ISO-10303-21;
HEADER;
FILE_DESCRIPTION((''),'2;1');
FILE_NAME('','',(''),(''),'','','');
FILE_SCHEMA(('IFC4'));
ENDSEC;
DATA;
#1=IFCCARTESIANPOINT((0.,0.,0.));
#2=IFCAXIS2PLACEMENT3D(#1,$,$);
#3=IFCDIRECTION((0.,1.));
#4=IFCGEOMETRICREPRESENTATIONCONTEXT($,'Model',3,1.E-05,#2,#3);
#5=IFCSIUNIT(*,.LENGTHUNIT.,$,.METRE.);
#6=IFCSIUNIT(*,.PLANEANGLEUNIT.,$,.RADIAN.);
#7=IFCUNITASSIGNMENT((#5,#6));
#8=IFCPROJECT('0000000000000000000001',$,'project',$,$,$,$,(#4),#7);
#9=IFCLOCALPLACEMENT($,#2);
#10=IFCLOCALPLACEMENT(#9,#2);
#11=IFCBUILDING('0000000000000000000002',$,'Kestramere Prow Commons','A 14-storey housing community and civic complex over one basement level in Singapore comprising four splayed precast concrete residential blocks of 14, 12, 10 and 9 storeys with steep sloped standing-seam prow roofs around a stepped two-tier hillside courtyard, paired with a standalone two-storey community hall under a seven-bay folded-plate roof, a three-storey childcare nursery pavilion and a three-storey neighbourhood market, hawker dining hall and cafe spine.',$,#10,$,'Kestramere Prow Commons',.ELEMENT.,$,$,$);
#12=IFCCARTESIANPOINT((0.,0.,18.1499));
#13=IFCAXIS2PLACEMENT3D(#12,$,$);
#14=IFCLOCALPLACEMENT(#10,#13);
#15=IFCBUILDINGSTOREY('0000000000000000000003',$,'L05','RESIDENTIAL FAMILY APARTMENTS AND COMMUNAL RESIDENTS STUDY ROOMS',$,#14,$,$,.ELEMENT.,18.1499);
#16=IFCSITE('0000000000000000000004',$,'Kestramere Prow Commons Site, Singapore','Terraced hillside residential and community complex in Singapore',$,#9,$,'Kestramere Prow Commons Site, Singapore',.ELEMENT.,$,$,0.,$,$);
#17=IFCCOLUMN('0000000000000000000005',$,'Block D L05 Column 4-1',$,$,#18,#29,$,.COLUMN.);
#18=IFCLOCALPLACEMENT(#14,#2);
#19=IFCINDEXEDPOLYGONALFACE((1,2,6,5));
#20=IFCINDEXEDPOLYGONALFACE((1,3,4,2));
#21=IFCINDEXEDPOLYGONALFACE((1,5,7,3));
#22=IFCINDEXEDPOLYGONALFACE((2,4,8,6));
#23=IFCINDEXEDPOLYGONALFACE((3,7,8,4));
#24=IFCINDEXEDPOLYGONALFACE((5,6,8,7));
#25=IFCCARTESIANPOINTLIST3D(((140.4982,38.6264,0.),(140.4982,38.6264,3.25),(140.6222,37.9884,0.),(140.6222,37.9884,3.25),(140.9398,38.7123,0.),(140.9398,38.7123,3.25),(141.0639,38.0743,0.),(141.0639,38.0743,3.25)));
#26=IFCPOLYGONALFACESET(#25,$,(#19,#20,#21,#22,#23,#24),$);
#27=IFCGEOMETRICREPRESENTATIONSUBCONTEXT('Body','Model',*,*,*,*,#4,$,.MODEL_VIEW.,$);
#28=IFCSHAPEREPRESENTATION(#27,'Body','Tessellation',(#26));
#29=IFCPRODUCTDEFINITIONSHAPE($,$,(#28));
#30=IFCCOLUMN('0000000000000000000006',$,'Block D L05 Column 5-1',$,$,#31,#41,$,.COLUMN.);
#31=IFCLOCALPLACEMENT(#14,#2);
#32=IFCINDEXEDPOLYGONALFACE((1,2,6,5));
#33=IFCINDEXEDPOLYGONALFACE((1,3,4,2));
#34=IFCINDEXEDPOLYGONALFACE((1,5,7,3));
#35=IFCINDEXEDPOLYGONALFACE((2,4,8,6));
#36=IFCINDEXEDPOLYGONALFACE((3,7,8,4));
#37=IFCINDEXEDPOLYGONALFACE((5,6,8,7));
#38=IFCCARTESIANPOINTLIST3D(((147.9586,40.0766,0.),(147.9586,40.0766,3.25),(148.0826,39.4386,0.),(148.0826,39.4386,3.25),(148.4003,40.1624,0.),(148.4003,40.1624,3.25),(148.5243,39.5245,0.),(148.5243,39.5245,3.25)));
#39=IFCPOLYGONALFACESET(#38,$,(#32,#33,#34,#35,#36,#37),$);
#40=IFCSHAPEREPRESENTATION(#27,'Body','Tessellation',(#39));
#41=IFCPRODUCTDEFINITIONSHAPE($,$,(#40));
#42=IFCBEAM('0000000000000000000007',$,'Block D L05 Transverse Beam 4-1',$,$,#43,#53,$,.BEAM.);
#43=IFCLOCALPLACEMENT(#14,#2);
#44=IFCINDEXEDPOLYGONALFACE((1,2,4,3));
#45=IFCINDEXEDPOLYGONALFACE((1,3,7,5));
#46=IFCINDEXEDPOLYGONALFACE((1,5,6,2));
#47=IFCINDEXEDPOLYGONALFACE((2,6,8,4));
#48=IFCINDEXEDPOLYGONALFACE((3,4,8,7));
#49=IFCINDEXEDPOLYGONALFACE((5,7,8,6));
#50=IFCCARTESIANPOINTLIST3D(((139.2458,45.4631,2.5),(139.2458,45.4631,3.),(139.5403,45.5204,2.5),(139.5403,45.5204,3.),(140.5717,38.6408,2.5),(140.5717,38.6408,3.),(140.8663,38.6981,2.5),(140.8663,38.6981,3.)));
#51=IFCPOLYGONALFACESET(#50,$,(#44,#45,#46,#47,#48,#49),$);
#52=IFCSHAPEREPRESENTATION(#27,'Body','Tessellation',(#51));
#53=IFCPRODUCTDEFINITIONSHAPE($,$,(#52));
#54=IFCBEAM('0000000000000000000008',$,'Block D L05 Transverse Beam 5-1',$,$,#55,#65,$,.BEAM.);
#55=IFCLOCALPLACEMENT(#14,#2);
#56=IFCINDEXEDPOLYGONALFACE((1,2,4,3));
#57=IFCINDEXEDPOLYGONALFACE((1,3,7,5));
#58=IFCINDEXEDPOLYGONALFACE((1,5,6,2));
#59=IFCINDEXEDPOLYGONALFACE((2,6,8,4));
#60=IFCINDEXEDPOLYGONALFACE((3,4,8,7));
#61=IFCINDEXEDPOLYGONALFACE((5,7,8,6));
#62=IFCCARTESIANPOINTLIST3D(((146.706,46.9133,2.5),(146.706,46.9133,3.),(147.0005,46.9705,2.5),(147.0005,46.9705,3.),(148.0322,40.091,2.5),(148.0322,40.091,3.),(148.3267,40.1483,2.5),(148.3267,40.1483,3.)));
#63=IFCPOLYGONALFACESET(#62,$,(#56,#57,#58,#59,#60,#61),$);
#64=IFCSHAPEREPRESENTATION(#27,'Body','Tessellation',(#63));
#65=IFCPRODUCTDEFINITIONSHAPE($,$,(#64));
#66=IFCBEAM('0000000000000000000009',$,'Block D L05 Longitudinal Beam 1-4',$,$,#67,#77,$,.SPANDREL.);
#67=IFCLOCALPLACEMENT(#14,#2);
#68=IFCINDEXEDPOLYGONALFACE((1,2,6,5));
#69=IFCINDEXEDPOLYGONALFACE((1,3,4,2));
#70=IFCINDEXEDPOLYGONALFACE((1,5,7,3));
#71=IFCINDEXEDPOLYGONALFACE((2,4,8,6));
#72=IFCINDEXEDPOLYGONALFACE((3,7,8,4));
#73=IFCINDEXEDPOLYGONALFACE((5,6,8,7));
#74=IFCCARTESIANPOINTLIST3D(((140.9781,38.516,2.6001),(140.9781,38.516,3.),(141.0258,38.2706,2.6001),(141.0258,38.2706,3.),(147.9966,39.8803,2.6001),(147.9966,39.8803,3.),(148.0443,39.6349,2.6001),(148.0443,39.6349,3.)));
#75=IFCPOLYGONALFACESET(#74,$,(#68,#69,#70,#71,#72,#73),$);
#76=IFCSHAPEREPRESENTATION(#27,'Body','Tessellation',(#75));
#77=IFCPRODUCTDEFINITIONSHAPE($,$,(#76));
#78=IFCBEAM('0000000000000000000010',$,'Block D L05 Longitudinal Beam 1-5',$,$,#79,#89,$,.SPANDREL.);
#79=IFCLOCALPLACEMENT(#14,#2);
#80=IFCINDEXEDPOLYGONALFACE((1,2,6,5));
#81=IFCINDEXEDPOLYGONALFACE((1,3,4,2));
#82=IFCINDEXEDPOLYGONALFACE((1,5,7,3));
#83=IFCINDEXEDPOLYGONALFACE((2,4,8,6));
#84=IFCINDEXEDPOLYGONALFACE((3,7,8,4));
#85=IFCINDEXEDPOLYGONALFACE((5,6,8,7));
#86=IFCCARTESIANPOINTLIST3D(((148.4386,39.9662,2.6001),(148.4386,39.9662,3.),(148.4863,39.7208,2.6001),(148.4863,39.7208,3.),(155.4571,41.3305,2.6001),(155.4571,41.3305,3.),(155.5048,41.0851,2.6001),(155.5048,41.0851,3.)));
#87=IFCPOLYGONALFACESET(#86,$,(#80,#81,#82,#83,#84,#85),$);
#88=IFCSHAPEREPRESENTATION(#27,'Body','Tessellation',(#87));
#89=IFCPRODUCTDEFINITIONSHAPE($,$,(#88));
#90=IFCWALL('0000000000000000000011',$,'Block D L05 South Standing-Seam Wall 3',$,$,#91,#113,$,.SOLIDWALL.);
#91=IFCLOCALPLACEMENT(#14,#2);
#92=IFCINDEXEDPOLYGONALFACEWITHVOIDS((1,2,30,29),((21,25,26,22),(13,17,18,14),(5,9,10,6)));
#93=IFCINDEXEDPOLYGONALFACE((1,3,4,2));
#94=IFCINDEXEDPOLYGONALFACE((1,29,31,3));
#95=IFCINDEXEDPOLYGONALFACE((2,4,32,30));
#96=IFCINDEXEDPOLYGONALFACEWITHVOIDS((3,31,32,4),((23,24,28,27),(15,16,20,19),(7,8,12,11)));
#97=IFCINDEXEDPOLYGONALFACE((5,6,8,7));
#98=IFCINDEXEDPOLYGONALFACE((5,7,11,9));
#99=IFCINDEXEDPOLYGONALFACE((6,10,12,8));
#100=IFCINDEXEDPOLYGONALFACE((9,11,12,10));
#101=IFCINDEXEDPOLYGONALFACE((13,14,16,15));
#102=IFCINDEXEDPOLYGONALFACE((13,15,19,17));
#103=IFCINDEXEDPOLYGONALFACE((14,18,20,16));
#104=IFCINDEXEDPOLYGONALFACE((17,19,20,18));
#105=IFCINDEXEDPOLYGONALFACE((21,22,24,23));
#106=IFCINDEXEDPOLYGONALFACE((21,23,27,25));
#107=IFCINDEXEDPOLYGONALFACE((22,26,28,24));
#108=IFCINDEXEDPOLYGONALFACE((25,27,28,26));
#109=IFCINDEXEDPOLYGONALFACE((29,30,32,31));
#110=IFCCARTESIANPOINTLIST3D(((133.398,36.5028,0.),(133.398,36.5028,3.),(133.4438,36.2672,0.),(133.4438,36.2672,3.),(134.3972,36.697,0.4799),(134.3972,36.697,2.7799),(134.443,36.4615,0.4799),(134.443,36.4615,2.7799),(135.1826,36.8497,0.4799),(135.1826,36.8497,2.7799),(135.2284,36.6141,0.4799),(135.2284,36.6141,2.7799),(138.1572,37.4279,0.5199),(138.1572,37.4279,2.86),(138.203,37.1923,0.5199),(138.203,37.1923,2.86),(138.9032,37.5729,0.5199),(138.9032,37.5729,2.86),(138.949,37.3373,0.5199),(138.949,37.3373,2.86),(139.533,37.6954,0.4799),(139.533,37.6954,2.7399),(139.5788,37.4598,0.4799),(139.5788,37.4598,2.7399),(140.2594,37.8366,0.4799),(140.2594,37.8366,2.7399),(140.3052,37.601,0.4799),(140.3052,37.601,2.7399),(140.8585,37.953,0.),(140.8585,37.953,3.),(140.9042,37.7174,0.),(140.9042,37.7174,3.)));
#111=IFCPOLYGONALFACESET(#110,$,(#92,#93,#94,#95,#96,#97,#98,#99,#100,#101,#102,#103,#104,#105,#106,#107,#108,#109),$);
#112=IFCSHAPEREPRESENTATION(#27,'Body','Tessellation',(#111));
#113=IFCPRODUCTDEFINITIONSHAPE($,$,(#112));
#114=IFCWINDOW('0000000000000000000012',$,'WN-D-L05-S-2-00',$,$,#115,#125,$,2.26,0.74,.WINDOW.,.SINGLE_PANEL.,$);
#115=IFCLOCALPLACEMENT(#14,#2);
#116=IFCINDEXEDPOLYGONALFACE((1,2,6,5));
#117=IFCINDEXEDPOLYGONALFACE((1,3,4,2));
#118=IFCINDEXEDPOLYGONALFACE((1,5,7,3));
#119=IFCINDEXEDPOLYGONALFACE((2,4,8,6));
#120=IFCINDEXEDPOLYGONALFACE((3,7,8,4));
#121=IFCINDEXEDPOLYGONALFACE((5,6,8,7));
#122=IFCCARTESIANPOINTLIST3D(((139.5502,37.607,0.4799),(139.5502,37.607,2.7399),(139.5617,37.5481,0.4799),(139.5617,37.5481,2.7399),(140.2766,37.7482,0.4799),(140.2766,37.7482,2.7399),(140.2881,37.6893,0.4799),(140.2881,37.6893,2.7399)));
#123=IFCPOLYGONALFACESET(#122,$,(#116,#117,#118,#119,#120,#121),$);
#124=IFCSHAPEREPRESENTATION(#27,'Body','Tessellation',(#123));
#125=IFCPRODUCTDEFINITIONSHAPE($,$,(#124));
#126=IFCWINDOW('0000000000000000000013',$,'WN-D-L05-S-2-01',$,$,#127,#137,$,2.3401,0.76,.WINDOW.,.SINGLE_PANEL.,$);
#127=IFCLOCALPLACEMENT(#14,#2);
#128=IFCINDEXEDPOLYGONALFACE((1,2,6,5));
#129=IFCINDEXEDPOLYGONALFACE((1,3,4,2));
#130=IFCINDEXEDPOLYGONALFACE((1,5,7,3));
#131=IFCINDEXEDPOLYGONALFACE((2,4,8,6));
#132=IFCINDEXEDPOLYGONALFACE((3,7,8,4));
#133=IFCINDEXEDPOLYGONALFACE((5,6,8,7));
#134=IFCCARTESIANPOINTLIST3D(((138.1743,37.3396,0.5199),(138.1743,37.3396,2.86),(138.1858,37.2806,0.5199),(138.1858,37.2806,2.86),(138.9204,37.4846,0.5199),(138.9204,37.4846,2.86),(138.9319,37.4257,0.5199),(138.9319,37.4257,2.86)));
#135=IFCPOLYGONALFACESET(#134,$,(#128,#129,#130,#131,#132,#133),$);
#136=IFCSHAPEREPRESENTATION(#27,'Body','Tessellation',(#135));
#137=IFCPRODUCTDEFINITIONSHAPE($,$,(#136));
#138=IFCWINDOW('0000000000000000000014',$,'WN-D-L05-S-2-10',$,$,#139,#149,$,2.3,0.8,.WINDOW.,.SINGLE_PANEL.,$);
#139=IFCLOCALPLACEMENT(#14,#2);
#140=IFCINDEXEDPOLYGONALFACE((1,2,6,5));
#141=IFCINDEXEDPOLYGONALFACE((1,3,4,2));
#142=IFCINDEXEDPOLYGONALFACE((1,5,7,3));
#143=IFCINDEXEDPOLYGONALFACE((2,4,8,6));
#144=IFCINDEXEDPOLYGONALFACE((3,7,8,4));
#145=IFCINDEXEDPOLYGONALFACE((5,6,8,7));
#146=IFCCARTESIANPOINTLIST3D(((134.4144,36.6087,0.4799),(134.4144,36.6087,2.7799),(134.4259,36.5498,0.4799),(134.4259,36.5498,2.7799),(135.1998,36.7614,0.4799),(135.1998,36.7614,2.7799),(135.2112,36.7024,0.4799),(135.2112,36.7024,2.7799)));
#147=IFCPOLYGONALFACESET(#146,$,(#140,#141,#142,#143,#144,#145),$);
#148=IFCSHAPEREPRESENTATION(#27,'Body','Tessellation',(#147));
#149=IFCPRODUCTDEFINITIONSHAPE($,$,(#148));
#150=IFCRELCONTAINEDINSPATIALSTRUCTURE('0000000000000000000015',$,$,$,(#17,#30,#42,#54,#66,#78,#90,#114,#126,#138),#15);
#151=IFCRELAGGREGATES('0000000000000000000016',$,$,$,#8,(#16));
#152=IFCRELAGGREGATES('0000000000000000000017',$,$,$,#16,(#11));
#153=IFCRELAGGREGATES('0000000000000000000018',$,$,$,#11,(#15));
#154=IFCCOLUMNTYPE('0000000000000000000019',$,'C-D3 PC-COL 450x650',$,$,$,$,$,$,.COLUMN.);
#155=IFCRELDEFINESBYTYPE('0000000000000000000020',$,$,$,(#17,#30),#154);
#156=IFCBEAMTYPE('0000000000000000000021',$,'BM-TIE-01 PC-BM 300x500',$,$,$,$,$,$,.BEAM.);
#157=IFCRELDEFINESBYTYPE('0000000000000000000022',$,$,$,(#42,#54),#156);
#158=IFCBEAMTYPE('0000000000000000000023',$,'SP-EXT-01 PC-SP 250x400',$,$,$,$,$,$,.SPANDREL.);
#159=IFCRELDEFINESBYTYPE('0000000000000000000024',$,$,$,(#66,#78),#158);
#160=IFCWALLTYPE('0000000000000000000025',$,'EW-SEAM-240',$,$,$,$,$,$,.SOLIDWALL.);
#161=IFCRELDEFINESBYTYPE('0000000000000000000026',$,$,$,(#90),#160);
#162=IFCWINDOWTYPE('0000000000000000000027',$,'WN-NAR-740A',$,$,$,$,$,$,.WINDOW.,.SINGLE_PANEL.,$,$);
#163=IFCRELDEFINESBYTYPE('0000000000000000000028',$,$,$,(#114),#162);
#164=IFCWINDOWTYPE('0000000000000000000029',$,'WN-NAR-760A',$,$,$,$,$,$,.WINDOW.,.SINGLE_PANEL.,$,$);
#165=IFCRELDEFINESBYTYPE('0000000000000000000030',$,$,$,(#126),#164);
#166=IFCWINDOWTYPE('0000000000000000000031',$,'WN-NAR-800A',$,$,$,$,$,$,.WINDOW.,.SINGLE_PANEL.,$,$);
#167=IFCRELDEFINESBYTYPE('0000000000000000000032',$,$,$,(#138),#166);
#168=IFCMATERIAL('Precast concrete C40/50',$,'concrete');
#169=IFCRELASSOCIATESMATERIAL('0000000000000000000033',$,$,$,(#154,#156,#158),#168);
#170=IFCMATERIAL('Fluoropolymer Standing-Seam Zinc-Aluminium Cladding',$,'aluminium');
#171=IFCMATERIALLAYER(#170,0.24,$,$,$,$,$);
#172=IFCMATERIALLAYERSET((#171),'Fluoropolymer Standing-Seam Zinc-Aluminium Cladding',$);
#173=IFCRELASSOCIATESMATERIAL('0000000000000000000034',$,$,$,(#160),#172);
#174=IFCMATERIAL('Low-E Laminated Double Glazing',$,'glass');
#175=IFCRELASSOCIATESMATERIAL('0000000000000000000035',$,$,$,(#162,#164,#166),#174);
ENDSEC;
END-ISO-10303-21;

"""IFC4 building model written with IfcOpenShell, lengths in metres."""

from ifc_helpers import new_model, si_unit, direction, frame, frame_2d, origin, origin_2d, place, context, subcontext, project, spatial, rectangle, extrude, material, layer, layer_set, material_profile, profile_set, type_object, element, fill, save


model = new_model("IFC4")

# Units and contexts
model_context = context("Model", 3, precision=1e-05, world=origin(), true_north=direction((0.0, 1.0)))
body_context = subcontext(model_context, "Body", "Model", "MODEL_VIEW")
ifc_project = project(units=[si_unit("LENGTHUNIT", "METRE"), si_unit("PLANEANGLEUNIT", "RADIAN")], contexts=[model_context])

# Site, building, storey
site_placement = place(None, origin())
site = spatial("IfcSite", under=ifc_project, at=site_placement, Name="Kestramere Prow Commons Site, Singapore", Description="Terraced hillside residential and community complex in Singapore", LongName="Kestramere Prow Commons Site, Singapore", CompositionType="ELEMENT", RefElevation=0.0)
building_placement = place(site_placement, origin())
building = spatial("IfcBuilding", under=site, at=building_placement, Name="Kestramere Prow Commons", Description="A 14-storey housing community and civic complex over one basement level in Singapore comprising four splayed precast concrete residential blocks of 14, 12, 10 and 9 storeys with steep sloped standing-seam prow roofs around a stepped two-tier hillside courtyard, paired with a standalone two-storey community hall under a seven-bay folded-plate roof, a three-storey childcare nursery pavilion and a three-storey neighbourhood market, hawker dining hall and cafe spine.", LongName="Kestramere Prow Commons", CompositionType="ELEMENT")
storey_placement = place(building_placement, frame((0.0, 0.0, 18.1499)))
storey = spatial("IfcBuildingStorey", under=building, at=storey_placement, Name="L05", Description="RESIDENTIAL FAMILY APARTMENTS AND COMMUNAL RESIDENTS STUDY ROOMS", CompositionType="ELEMENT", Elevation=18.1499)

# Columns
ifc_material_1 = material(Name="Precast concrete C40/50", Category="concrete")
ifc_material_profile_1 = material_profile(ifc_material_1, rectangle(XDim=0.45, YDim=0.6499, at=origin_2d()), Name="PC-COL 450x650")
ifc_profile_set_1 = profile_set([ifc_material_profile_1], Name="Precast concrete C40/50")
column_type = type_object("IfcColumnType", Name="C-D3 PC-COL 450x650", PredefinedType="COLUMN", material=ifc_profile_set_1)
for number, where, z_axis, x_axis, name in (
    (1, (140.781, 38.3503, 0.0), (0.0, 0.0, 1.0), (0.981627, 0.190809, 0.0), "Block D L05 Column 4-1"),
    (2, (148.2415, 39.8005, 0.0), (0.0, 0.0, 1.0), (0.981627, 0.190809, 0.0), "Block D L05 Column 5-1"),
):
    element("IfcColumn", number, at=place(storey_placement, frame(where, z_axis=z_axis, x_axis=x_axis)), inside=storey, type_object=column_type, Name=name, PredefinedType="COLUMN", context=body_context, shape_type="SweptSolid", body=[
        extrude(rectangle(XDim=0.45, YDim=0.6499, at=origin_2d()), origin(), (0.0, 0.0, 1.0), 3.25),
    ])

# Beams
ifc_material_profile_2 = material_profile(ifc_material_1, rectangle(XDim=0.3, YDim=0.5, at=origin_2d()), Name="PC-BM 300x500")
ifc_profile_set_2 = profile_set([ifc_material_profile_2], Name="Precast concrete C40/50")
beam_type_1 = type_object("IfcBeamType", Name="BM-TIE-01 PC-BM 300x500", PredefinedType="BEAM", material=ifc_profile_set_2)
for number, where, z_axis, x_axis, name in (
    (3, (140.719, 38.6694, 2.75), (-0.190783, 0.981632, 0.0), (-0.981632, -0.190783, 0.0), "Block D L05 Transverse Beam 4-1"),
    (4, (148.1794, 40.1196, 2.75), (-0.190817, 0.981626, 0.0), (-0.981626, -0.190817, 0.0), "Block D L05 Transverse Beam 5-1"),
):
    element("IfcBeam", number, at=place(storey_placement, frame(where, z_axis=z_axis, x_axis=x_axis)), inside=storey, type_object=beam_type_1, Name=name, PredefinedType="BEAM", context=body_context, shape_type="SweptSolid", body=[
        extrude(rectangle(XDim=0.3, YDim=0.5, at=origin_2d()), origin(), (0.0, 0.0, 1.0), 6.95),
    ])
ifc_material_profile_3 = material_profile(ifc_material_1, rectangle(XDim=0.25, YDim=0.3999, at=origin_2d()), Name="PC-SP 250x400")
ifc_profile_set_3 = profile_set([ifc_material_profile_3], Name="Precast concrete C40/50")
beam_type_2 = type_object("IfcBeamType", Name="SP-EXT-01 PC-SP 250x400", PredefinedType="SPANDREL", material=ifc_profile_set_3)
for number, where, z_axis, x_axis, name in (
    (5, (141.002, 38.3933, 2.8), (0.981627, 0.190808, 0.0), (-0.190808, 0.981627, 0.0), "Block D L05 Longitudinal Beam 1-4"),
    (6, (148.4624, 39.8435, 2.8), (0.981627, 0.190808, 0.0), (-0.190808, 0.981627, 0.0), "Block D L05 Longitudinal Beam 1-5"),
):
    element("IfcBeam", number, at=place(storey_placement, frame(where, z_axis=z_axis, x_axis=x_axis)), inside=storey, type_object=beam_type_2, Name=name, PredefinedType="SPANDREL", context=body_context, shape_type="SweptSolid", body=[
        extrude(rectangle(XDim=0.25, YDim=0.3999, at=origin_2d()), origin(), (0.0, 0.0, 1.0), 7.1499),
    ])

# Wall, openings, windows
ifc_material_2 = material(Name="Fluoropolymer Standing-Seam Zinc-Aluminium Cladding", Category="aluminium")
ifc_layer_1 = layer(ifc_material_2, 0.24)
ifc_layer_set_1 = layer_set([ifc_layer_1], Name="Fluoropolymer Standing-Seam Zinc-Aluminium Cladding")
wall_type_1 = type_object("IfcWallType", Name="EW-SEAM-240", PredefinedType="SOLIDWALL", material=ifc_layer_set_1)
wall_1_placement = place(storey_placement, frame((140.8813, 37.8352, 0.0), z_axis=(0.0, 0.0, 1.0), x_axis=(-0.981626, -0.190813, 0.0)))
wall_1 = element("IfcWall", 7, at=wall_1_placement, inside=storey, type_object=wall_type_1, Name="Block D L05 South Standing-Seam Wall 3", PredefinedType="SOLIDWALL", context=body_context, shape_type="SweptSolid", body=[
    extrude(rectangle(XDim=7.6001, YDim=0.24, at=frame_2d((3.8, 0.0))), origin(), (0.0, 0.0, 1.0), 3.0),
])
opening_1_placement = place(wall_1_placement, frame((0.6101, 0.0, 0.48)))
opening_1 = element("IfcOpeningElement", 8, at=opening_1_placement, cuts=wall_1, PredefinedType="OPENING", context=body_context, shape_type="SweptSolid", body=[
    extrude(rectangle(XDim=0.74, YDim=2.26, at=frame_2d((0.3701, 1.1299))), frame((0.0, 0.135, 0.0), z_axis=(0.0, -1.0, 0.0), x_axis=(1.0, 0.0, 0.0)), (0.0, 0.0, 1.0), 0.27),
])
opening_2_placement = place(wall_1_placement, frame((1.9919, 0.0, 0.52)))
opening_2 = element("IfcOpeningElement", 9, at=opening_2_placement, cuts=wall_1, PredefinedType="OPENING", context=body_context, shape_type="SweptSolid", body=[
    extrude(rectangle(XDim=0.76, YDim=2.3401, at=frame_2d((0.3799, 1.1699))), frame((0.0, 0.135, 0.0), z_axis=(0.0, -1.0, 0.0), x_axis=(1.0, 0.0, 0.0)), (0.0, 0.0, 1.0), 0.27),
])
opening_3_placement = place(wall_1_placement, frame((5.7822, 0.0, 0.48)))
opening_3 = element("IfcOpeningElement", 10, at=opening_3_placement, cuts=wall_1, PredefinedType="OPENING", context=body_context, shape_type="SweptSolid", body=[
    extrude(rectangle(XDim=0.8, YDim=2.3, at=frame_2d((0.3999, 1.1499))), frame((0.0, 0.135, 0.0), z_axis=(0.0, -1.0, 0.0), x_axis=(1.0, 0.0, 0.0)), (0.0, 0.0, 1.0), 0.27),
])
ifc_material_3 = material(Name="Low-E Laminated Double Glazing", Category="glass")
window_type_1 = type_object("IfcWindowType", Name="WN-NAR-740A", PartitioningType="SINGLE_PANEL", PredefinedType="WINDOW", material=ifc_material_3)
window_1_placement = place(opening_1_placement, origin())
window_1 = element("IfcWindow", 11, at=window_1_placement, inside=storey, type_object=window_type_1, Name="WN-D-L05-S-2-00", OverallHeight=2.26, OverallWidth=0.74, PartitioningType="SINGLE_PANEL", PredefinedType="WINDOW", context=body_context, shape_type="SweptSolid", body=[
    extrude(rectangle(XDim=0.74, YDim=2.26, at=frame_2d((0.3701, 1.1299))), frame((0.0, 0.03, 0.0), z_axis=(0.0, -1.0, 0.0), x_axis=(1.0, 0.0, 0.0)), (0.0, 0.0, 1.0), 0.0601),
])
fill(opening_1, window_1)
window_type_2 = type_object("IfcWindowType", Name="WN-NAR-760A", PartitioningType="SINGLE_PANEL", PredefinedType="WINDOW", material=ifc_material_3)
window_2_placement = place(opening_2_placement, origin())
window_2 = element("IfcWindow", 12, at=window_2_placement, inside=storey, type_object=window_type_2, Name="WN-D-L05-S-2-01", OverallHeight=2.3401, OverallWidth=0.76, PartitioningType="SINGLE_PANEL", PredefinedType="WINDOW", context=body_context, shape_type="SweptSolid", body=[
    extrude(rectangle(XDim=0.76, YDim=2.3401, at=frame_2d((0.3799, 1.1699))), frame((0.0, 0.03, 0.0), z_axis=(0.0, -1.0, 0.0), x_axis=(1.0, 0.0, 0.0)), (0.0, 0.0, 1.0), 0.0601),
])
fill(opening_2, window_2)
window_type_3 = type_object("IfcWindowType", Name="WN-NAR-800A", PartitioningType="SINGLE_PANEL", PredefinedType="WINDOW", material=ifc_material_3)
window_3_placement = place(opening_3_placement, origin())
window_3 = element("IfcWindow", 13, at=window_3_placement, inside=storey, type_object=window_type_3, Name="WN-D-L05-S-2-10", OverallHeight=2.3, OverallWidth=0.8, PartitioningType="SINGLE_PANEL", PredefinedType="WINDOW", context=body_context, shape_type="SweptSolid", body=[
    extrude(rectangle(XDim=0.8, YDim=2.3, at=frame_2d((0.3999, 1.1499))), frame((0.0, 0.03, 0.0), z_axis=(0.0, -1.0, 0.0), x_axis=(1.0, 0.0, 0.0)), (0.0, 0.0, 1.0), 0.0601),
])
fill(opening_3, window_3)

save(model, "model.ifc")
